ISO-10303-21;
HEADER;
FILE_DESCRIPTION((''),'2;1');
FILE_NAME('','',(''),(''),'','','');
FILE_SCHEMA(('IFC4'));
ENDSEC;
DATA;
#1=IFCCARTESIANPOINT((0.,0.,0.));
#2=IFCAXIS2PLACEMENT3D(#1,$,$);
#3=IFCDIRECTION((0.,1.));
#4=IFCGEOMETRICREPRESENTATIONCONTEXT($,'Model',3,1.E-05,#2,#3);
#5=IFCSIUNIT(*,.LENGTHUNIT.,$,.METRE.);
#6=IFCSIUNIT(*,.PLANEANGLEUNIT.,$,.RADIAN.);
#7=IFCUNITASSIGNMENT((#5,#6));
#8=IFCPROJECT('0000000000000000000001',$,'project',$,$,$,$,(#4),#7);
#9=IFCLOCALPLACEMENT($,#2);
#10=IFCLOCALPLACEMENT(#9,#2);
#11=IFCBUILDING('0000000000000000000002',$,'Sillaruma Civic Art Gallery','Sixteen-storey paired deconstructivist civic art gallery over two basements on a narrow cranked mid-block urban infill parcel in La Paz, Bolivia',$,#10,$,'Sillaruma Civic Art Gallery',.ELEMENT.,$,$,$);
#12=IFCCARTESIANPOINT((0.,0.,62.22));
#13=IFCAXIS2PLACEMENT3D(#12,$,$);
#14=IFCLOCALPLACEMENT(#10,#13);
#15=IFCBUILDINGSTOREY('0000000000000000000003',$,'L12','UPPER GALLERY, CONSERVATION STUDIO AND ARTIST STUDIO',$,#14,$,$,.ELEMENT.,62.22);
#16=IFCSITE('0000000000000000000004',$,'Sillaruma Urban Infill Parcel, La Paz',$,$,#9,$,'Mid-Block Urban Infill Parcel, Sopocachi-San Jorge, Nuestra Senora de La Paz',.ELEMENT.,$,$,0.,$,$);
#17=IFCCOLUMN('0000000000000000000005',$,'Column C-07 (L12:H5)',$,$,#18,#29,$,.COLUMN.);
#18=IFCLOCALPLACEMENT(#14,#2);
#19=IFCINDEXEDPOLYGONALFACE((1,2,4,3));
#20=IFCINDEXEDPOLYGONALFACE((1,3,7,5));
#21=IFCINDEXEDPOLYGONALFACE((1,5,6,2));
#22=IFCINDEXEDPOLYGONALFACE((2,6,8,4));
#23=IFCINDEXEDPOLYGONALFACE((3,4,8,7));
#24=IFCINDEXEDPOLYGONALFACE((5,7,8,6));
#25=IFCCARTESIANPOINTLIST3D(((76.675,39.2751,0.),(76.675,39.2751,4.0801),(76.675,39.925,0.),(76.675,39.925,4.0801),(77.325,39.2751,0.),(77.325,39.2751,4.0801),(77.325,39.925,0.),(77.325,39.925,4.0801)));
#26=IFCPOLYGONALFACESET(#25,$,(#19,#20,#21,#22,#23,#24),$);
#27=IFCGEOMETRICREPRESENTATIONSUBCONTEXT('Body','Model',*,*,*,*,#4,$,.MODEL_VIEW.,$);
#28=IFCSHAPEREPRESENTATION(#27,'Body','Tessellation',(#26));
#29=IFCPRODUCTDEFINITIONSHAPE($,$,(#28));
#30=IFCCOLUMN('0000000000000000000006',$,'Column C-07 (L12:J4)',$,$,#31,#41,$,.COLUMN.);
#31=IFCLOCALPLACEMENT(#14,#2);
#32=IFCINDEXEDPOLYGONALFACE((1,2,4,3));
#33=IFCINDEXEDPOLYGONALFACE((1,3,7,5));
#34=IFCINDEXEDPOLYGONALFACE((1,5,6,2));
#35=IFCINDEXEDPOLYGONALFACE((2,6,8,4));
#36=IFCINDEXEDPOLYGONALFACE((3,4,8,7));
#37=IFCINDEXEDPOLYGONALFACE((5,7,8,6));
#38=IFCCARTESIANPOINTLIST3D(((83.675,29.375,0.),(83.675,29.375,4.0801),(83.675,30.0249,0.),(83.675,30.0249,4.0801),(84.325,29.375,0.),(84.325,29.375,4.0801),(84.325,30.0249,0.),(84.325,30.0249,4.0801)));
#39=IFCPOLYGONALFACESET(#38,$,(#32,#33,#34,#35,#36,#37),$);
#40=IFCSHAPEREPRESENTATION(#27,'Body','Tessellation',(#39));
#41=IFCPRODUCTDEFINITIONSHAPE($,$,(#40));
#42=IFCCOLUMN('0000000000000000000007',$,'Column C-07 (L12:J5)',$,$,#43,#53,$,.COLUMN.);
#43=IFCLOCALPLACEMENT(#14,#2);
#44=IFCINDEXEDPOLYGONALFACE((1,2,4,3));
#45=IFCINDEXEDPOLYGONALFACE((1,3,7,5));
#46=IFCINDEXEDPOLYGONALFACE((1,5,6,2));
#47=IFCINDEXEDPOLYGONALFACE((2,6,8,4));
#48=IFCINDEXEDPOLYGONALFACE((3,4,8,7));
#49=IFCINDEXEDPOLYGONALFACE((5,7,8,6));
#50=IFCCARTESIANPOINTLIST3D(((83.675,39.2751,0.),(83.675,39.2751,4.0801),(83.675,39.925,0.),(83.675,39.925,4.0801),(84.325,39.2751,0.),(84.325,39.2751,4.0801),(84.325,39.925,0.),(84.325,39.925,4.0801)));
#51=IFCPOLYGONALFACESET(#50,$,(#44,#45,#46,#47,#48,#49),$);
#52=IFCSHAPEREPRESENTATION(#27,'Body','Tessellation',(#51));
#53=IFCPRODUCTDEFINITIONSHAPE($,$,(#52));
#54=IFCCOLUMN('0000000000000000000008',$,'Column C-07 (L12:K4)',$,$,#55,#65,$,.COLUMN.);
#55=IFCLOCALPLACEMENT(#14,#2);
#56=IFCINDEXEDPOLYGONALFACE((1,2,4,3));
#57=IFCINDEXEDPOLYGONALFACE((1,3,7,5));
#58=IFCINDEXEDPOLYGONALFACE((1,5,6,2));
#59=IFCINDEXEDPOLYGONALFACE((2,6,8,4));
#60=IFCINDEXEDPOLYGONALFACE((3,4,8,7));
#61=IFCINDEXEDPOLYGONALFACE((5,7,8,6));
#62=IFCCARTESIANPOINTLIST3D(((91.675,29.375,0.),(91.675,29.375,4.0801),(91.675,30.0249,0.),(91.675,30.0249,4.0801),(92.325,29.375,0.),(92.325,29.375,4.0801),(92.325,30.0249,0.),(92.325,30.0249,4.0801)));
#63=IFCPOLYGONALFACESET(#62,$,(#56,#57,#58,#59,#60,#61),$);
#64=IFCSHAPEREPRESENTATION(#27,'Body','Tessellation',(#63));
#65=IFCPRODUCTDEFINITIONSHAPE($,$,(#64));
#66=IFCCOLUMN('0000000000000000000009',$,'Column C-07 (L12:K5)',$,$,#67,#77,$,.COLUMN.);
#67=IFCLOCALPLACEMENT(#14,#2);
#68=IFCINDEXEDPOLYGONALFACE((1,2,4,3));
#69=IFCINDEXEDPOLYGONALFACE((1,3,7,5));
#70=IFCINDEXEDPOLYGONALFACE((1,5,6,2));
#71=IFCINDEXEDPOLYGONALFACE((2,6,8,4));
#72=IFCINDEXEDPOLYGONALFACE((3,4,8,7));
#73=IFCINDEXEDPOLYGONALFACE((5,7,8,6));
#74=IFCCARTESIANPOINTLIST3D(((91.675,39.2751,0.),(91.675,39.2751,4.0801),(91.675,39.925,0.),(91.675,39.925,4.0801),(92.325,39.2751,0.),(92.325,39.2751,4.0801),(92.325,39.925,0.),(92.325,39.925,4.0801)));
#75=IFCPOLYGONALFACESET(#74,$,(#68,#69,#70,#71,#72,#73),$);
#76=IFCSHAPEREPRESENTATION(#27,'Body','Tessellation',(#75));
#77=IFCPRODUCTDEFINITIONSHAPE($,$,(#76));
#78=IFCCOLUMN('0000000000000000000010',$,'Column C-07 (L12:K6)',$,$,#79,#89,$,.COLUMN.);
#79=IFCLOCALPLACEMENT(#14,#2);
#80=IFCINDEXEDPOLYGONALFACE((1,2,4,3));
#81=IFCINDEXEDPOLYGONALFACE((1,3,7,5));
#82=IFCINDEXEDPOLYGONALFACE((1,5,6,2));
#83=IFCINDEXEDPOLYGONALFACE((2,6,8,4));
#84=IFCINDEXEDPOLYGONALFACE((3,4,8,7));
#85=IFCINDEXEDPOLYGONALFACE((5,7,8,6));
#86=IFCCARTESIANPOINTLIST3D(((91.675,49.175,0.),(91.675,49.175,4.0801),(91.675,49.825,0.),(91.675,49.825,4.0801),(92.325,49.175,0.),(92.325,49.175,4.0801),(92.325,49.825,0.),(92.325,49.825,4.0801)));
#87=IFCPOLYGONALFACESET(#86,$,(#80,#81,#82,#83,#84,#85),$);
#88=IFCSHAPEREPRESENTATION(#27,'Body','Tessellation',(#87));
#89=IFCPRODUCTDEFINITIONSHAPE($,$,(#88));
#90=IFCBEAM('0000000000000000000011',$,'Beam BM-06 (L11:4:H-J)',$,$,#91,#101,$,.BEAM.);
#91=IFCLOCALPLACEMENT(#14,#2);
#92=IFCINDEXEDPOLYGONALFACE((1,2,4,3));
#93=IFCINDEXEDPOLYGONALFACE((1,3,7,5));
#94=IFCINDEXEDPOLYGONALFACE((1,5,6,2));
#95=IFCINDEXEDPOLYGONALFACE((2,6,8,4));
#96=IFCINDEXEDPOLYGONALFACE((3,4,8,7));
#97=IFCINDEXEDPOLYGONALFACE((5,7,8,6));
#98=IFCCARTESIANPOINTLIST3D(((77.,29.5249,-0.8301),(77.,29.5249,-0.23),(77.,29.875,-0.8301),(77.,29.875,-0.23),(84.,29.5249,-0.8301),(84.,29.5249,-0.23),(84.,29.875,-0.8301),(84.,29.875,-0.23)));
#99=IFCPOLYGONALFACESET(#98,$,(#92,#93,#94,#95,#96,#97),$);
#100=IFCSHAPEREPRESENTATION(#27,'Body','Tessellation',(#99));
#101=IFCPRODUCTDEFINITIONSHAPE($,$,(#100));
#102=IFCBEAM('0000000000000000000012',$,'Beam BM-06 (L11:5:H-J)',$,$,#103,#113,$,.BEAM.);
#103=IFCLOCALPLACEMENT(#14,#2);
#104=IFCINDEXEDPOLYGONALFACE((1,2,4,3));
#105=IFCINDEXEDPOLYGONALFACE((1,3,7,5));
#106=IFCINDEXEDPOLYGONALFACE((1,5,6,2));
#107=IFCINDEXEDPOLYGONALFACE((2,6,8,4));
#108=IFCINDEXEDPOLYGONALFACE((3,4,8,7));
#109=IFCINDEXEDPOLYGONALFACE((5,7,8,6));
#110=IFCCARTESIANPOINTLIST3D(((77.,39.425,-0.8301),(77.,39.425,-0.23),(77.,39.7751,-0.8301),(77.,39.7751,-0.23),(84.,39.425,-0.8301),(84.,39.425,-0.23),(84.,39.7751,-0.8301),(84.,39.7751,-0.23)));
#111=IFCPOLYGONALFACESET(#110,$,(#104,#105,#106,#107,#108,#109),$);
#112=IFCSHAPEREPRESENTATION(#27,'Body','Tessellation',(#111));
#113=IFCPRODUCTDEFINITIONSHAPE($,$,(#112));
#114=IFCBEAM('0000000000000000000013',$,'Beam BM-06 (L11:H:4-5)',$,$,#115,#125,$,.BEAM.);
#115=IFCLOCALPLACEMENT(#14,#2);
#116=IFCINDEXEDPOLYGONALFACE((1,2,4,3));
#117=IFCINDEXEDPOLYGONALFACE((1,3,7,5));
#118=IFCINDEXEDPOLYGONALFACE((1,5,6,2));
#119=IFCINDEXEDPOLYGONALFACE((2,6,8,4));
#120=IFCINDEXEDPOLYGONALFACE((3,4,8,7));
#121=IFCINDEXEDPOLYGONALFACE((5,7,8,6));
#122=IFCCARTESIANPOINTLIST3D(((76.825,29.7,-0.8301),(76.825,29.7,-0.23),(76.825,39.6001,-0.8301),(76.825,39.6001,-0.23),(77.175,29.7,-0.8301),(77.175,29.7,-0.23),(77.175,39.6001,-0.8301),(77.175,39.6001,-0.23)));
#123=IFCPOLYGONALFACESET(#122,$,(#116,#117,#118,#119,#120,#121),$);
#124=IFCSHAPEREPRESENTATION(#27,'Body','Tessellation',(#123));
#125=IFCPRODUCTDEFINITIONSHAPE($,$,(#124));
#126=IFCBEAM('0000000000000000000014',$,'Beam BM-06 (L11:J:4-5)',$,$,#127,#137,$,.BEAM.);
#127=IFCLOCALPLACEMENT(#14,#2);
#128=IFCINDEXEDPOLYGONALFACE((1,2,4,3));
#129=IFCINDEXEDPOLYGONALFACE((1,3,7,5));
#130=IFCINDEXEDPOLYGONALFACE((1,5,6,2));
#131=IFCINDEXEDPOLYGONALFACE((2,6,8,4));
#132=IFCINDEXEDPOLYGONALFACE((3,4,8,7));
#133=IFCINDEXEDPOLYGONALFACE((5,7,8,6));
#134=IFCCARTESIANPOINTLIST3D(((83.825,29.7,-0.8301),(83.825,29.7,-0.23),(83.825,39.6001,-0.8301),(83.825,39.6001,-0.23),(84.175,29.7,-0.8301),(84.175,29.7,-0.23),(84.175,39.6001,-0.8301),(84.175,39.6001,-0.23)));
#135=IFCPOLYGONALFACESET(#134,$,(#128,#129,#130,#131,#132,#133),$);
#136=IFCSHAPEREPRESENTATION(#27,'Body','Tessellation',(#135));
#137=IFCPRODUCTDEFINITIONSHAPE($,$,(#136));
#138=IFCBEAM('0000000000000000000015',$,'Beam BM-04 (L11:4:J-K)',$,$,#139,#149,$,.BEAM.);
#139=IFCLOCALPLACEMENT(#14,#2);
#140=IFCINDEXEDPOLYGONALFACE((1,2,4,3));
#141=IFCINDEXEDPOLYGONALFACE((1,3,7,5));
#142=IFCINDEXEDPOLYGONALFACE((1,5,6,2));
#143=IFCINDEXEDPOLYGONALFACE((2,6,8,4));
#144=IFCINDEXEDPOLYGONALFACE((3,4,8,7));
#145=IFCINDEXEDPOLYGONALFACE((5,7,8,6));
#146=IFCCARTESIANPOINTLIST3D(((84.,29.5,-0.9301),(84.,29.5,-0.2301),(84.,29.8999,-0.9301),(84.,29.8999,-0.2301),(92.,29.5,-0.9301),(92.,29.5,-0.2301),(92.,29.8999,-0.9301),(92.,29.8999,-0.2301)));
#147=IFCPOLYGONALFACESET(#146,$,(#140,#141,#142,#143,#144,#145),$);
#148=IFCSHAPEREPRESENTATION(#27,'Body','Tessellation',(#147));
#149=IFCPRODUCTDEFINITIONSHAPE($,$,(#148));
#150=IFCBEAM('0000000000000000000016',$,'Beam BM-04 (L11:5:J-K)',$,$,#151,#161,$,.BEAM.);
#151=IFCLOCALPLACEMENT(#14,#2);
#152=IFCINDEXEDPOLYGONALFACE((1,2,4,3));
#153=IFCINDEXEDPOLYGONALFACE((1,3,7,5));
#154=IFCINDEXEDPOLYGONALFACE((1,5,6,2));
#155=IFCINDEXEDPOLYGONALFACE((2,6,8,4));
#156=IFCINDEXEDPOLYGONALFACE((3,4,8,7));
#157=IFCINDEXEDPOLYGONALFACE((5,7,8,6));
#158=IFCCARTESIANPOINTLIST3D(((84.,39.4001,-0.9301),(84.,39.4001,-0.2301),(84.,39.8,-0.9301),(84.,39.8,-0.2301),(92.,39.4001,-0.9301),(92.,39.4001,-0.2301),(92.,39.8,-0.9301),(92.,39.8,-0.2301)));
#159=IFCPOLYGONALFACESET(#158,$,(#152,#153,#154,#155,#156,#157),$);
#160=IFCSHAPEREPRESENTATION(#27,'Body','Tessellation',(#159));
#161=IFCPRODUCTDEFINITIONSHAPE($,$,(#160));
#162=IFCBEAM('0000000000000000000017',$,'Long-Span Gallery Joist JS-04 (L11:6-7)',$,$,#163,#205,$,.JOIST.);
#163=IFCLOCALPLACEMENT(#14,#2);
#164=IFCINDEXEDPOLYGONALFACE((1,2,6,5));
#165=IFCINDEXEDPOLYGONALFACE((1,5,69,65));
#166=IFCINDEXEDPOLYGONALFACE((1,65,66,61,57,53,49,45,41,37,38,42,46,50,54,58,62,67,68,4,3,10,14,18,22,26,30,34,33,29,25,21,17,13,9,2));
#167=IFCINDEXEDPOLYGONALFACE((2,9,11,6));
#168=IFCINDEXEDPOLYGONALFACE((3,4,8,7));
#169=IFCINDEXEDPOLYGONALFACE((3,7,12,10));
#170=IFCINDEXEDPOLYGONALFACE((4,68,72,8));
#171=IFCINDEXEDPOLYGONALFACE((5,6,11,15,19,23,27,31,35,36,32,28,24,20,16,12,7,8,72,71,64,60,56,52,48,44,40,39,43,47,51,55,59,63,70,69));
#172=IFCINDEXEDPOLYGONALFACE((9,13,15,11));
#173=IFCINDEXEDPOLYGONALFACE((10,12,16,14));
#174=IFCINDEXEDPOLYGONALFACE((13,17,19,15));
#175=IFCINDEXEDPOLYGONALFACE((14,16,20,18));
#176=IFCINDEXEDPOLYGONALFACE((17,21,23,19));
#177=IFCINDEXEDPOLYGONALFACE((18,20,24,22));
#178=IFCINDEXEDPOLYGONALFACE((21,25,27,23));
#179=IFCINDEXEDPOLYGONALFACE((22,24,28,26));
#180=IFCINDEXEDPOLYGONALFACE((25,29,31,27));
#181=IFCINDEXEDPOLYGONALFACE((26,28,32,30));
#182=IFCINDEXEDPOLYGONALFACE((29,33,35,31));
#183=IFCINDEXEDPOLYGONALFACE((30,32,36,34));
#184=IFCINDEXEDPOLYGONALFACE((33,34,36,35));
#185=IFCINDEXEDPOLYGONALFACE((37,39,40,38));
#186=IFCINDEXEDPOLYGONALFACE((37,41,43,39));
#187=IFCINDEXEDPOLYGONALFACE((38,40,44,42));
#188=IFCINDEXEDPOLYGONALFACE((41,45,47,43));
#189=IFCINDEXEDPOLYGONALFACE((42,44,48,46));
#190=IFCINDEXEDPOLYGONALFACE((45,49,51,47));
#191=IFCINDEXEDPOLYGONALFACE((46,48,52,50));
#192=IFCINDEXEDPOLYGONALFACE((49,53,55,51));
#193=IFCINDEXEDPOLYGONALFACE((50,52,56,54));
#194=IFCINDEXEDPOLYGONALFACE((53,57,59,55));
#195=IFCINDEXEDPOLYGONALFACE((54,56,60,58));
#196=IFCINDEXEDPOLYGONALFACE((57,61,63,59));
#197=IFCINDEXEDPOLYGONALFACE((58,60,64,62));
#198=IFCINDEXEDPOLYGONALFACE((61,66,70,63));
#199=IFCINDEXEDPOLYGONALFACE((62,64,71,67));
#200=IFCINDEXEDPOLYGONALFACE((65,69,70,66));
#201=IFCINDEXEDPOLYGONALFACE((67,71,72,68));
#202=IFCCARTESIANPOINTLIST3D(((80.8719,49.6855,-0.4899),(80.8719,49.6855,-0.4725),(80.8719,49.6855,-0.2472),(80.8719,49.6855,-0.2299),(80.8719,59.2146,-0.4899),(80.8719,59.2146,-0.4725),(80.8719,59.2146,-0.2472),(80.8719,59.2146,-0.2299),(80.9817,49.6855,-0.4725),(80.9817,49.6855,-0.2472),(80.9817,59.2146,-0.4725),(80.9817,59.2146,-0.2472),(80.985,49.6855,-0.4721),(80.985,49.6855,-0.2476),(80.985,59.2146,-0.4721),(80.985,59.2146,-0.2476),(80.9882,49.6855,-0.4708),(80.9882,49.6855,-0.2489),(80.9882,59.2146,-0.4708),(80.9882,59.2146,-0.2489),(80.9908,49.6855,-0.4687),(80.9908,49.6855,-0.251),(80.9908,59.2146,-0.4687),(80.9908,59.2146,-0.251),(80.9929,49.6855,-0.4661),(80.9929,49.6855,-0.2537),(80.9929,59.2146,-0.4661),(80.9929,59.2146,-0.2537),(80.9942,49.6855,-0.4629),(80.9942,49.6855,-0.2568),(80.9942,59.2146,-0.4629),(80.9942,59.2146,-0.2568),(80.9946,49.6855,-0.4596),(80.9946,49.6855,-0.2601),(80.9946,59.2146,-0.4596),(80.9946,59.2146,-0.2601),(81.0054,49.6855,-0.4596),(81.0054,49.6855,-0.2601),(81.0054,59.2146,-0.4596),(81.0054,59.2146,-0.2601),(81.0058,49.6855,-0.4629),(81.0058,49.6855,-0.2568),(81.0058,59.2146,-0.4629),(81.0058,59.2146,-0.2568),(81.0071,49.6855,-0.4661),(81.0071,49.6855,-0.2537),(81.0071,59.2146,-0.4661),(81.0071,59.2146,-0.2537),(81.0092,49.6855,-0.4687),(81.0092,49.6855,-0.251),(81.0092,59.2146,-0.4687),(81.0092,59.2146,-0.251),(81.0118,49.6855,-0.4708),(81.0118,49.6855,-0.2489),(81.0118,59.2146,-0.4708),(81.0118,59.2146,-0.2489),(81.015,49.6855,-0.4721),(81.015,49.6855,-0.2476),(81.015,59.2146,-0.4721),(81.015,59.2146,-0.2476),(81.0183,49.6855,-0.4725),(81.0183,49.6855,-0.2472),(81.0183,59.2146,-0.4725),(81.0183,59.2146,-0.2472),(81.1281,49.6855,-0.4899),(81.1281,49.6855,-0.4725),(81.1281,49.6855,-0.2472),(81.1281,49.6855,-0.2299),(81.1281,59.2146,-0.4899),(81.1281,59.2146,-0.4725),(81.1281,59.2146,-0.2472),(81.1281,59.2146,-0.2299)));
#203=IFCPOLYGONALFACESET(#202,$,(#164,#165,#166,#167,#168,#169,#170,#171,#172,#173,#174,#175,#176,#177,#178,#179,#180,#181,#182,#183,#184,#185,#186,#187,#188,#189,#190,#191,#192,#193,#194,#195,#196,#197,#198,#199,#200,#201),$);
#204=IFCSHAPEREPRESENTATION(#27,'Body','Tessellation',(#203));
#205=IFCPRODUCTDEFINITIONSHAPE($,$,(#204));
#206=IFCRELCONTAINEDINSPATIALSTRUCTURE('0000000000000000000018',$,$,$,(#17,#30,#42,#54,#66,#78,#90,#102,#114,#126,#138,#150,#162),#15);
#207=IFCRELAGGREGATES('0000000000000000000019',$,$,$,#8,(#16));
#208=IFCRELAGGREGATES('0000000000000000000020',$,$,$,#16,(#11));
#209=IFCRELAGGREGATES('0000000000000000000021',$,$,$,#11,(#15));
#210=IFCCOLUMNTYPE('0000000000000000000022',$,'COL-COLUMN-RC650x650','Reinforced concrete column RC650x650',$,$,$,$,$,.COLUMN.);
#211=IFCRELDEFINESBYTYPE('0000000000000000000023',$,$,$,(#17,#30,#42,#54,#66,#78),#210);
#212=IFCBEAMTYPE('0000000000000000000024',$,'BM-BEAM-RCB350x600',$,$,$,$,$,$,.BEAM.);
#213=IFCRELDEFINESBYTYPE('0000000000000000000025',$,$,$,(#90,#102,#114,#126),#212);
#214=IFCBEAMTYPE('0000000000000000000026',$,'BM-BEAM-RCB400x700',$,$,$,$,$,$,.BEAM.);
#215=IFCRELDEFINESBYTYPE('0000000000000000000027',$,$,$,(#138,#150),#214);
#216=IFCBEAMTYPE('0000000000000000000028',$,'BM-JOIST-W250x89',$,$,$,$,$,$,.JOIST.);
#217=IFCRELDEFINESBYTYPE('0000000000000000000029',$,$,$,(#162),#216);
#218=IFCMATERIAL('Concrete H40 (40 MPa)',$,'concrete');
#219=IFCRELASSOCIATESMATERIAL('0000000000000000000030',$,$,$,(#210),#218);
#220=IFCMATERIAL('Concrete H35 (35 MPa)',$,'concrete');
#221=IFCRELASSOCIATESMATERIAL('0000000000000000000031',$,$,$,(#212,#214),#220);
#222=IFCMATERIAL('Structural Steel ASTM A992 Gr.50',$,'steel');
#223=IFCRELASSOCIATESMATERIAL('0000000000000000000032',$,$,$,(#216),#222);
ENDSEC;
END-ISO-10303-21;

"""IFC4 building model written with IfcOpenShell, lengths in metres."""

from ifc_helpers import new_model, si_unit, direction, frame, origin, origin_2d, place, context, subcontext, project, spatial, rectangle, i_section, extrude, material, material_profile, profile_set, type_object, element, save


model = new_model("IFC4")

# Units and contexts
model_context = context("Model", 3, precision=1e-05, world=origin(), true_north=direction((0.0, 1.0)))
body_context = subcontext(model_context, "Body", "Model", "MODEL_VIEW")
ifc_project = project(units=[si_unit("LENGTHUNIT", "METRE"), si_unit("PLANEANGLEUNIT", "RADIAN")], contexts=[model_context])

# Site, building, storey
site_placement = place(None, origin())
site = spatial("IfcSite", under=ifc_project, at=site_placement, Name="Sillaruma Urban Infill Parcel, La Paz", LongName="Mid-Block Urban Infill Parcel, Sopocachi-San Jorge, Nuestra Senora de La Paz", CompositionType="ELEMENT", RefElevation=0.0)
building_placement = place(site_placement, origin())
building = spatial("IfcBuilding", under=site, at=building_placement, Name="Sillaruma Civic Art Gallery", Description="Sixteen-storey paired deconstructivist civic art gallery over two basements on a narrow cranked mid-block urban infill parcel in La Paz, Bolivia", LongName="Sillaruma Civic Art Gallery", CompositionType="ELEMENT")
storey_placement = place(building_placement, frame((0.0, 0.0, 62.22)))
storey = spatial("IfcBuildingStorey", under=building, at=storey_placement, Name="L12", Description="UPPER GALLERY, CONSERVATION STUDIO AND ARTIST STUDIO", CompositionType="ELEMENT", Elevation=62.22)

# Columns
ifc_material_1 = material(Name="Concrete H40 (40 MPa)", Category="concrete")
ifc_material_profile_1 = material_profile(ifc_material_1, rectangle(XDim=0.6499, YDim=0.6499, at=origin_2d()), Name="RC650x650")
ifc_profile_set_1 = profile_set([ifc_material_profile_1], Name="Concrete H40 (40 MPa)")
column_type = type_object("IfcColumnType", Name="COL-COLUMN-RC650x650", Description="Reinforced concrete column RC650x650", PredefinedType="COLUMN", material=ifc_profile_set_1)
for number, where, z_axis, x_axis, name in (
    (1, (77.0, 39.6001, 0.0), (0.0, 0.0, 1.0), (1.0, 0.0, 0.0), "Column C-07 (L12:H5)"),
    (2, (84.0, 29.7, 0.0), (0.0, 0.0, 1.0), (1.0, 0.0, 0.0), "Column C-07 (L12:J4)"),
    (3, (84.0, 39.6001, 0.0), (0.0, 0.0, 1.0), (1.0, 0.0, 0.0), "Column C-07 (L12:J5)"),
    (4, (92.0, 29.7, 0.0), (0.0, 0.0, 1.0), (1.0, 0.0, 0.0), "Column C-07 (L12:K4)"),
    (5, (92.0, 39.6001, 0.0), (0.0, 0.0, 1.0), (1.0, 0.0, 0.0), "Column C-07 (L12:K5)"),
    (6, (92.0, 49.5, 0.0), (0.0, 0.0, 1.0), (1.0, 0.0, 0.0), "Column C-07 (L12:K6)"),
):
    element("IfcColumn", number, at=place(storey_placement, frame(where, z_axis=z_axis, x_axis=x_axis)), inside=storey, type_object=column_type, Name=name, PredefinedType="COLUMN", context=body_context, shape_type="SweptSolid", body=[
        extrude(rectangle(XDim=0.6499, YDim=0.6499, at=origin_2d()), origin(), (0.0, 0.0, 1.0), 4.0801),
    ])

# Beams
ifc_material_2 = material(Name="Concrete H35 (35 MPa)", Category="concrete")
ifc_material_profile_2 = material_profile(ifc_material_2, rectangle(XDim=0.3501, YDim=0.6001, at=origin_2d()), Name="RCB350x600")
ifc_profile_set_2 = profile_set([ifc_material_profile_2], Name="Concrete H35 (35 MPa)")
beam_type_1 = type_object("IfcBeamType", Name="BM-BEAM-RCB350x600", PredefinedType="BEAM", material=ifc_profile_set_2)
for number, where, z_axis, x_axis, name in (
    (7, (77.0, 29.7, -0.53), (1.0, 0.0, 0.0), (0.0, 1.0, 0.0), "Beam BM-06 (L11:4:H-J)"),
    (8, (77.0, 39.6001, -0.53), (1.0, 0.0, 0.0), (0.0, 1.0, 0.0), "Beam BM-06 (L11:5:H-J)"),
):
    element("IfcBeam", number, at=place(storey_placement, frame(where, z_axis=z_axis, x_axis=x_axis)), inside=storey, type_object=beam_type_1, Name=name, PredefinedType="BEAM", context=body_context, shape_type="SweptSolid", body=[
        extrude(rectangle(XDim=0.3501, YDim=0.6001, at=origin_2d()), origin(), (0.0, 0.0, 1.0), 7.0),
    ])
for number, where, z_axis, x_axis, name in (
    (9, (77.0, 29.7, -0.53), (0.0, 1.0, 0.0), (-1.0, 0.0, 0.0), "Beam BM-06 (L11:H:4-5)"),
    (10, (84.0, 29.7, -0.53), (0.0, 1.0, 0.0), (-1.0, 0.0, 0.0), "Beam BM-06 (L11:J:4-5)"),
):
    element("IfcBeam", number, at=place(storey_placement, frame(where, z_axis=z_axis, x_axis=x_axis)), inside=storey, type_object=beam_type_1, Name=name, PredefinedType="BEAM", context=body_context, shape_type="SweptSolid", body=[
        extrude(rectangle(XDim=0.3501, YDim=0.6001, at=origin_2d()), origin(), (0.0, 0.0, 1.0), 9.9001),
    ])
ifc_material_profile_3 = material_profile(ifc_material_2, rectangle(XDim=0.3999, YDim=0.7, at=origin_2d()), Name="RCB400x700")
ifc_profile_set_3 = profile_set([ifc_material_profile_3], Name="Concrete H35 (35 MPa)")
beam_type_2 = type_object("IfcBeamType", Name="BM-BEAM-RCB400x700", PredefinedType="BEAM", material=ifc_profile_set_3)
for number, where, z_axis, x_axis, name in (
    (11, (84.0, 29.7, -0.5801), (1.0, 0.0, 0.0), (0.0, 1.0, 0.0), "Beam BM-04 (L11:4:J-K)"),
    (12, (84.0, 39.6001, -0.5801), (1.0, 0.0, 0.0), (0.0, 1.0, 0.0), "Beam BM-04 (L11:5:J-K)"),
):
    element("IfcBeam", number, at=place(storey_placement, frame(where, z_axis=z_axis, x_axis=x_axis)), inside=storey, type_object=beam_type_2, Name=name, PredefinedType="BEAM", context=body_context, shape_type="SweptSolid", body=[
        extrude(rectangle(XDim=0.3999, YDim=0.7, at=origin_2d()), origin(), (0.0, 0.0, 1.0), 8.0),
    ])
ifc_material_3 = material(Name="Structural Steel ASTM A992 Gr.50", Category="steel")
ifc_material_profile_4 = material_profile(ifc_material_3, i_section(OverallWidth=0.2561, OverallDepth=0.26, WebThickness=0.0107, FlangeThickness=0.0173, FilletRadius=0.0129, at=origin_2d()), Name="W250x89")
ifc_profile_set_4 = profile_set([ifc_material_profile_4], Name="Structural Steel ASTM A992 Gr.50")
beam_type_3 = type_object("IfcBeamType", Name="BM-JOIST-W250x89", PredefinedType="JOIST", material=ifc_profile_set_4)
beam_placement = place(storey_placement, frame((81.0, 49.6855, -0.3599), z_axis=(0.0, 1.0, 0.0), x_axis=(-1.0, 0.0, 0.0)))
element("IfcBeam", 13, at=beam_placement, inside=storey, type_object=beam_type_3, Name="Long-Span Gallery Joist JS-04 (L11:6-7)", PredefinedType="JOIST", context=body_context, shape_type="SweptSolid", body=[
    extrude(i_section(OverallWidth=0.2561, OverallDepth=0.26, WebThickness=0.0107, FlangeThickness=0.0173, FilletRadius=0.0129, at=origin_2d()), origin(), (0.0, 0.0, 1.0), 9.5291),
])

save(model, "model.ifc")
